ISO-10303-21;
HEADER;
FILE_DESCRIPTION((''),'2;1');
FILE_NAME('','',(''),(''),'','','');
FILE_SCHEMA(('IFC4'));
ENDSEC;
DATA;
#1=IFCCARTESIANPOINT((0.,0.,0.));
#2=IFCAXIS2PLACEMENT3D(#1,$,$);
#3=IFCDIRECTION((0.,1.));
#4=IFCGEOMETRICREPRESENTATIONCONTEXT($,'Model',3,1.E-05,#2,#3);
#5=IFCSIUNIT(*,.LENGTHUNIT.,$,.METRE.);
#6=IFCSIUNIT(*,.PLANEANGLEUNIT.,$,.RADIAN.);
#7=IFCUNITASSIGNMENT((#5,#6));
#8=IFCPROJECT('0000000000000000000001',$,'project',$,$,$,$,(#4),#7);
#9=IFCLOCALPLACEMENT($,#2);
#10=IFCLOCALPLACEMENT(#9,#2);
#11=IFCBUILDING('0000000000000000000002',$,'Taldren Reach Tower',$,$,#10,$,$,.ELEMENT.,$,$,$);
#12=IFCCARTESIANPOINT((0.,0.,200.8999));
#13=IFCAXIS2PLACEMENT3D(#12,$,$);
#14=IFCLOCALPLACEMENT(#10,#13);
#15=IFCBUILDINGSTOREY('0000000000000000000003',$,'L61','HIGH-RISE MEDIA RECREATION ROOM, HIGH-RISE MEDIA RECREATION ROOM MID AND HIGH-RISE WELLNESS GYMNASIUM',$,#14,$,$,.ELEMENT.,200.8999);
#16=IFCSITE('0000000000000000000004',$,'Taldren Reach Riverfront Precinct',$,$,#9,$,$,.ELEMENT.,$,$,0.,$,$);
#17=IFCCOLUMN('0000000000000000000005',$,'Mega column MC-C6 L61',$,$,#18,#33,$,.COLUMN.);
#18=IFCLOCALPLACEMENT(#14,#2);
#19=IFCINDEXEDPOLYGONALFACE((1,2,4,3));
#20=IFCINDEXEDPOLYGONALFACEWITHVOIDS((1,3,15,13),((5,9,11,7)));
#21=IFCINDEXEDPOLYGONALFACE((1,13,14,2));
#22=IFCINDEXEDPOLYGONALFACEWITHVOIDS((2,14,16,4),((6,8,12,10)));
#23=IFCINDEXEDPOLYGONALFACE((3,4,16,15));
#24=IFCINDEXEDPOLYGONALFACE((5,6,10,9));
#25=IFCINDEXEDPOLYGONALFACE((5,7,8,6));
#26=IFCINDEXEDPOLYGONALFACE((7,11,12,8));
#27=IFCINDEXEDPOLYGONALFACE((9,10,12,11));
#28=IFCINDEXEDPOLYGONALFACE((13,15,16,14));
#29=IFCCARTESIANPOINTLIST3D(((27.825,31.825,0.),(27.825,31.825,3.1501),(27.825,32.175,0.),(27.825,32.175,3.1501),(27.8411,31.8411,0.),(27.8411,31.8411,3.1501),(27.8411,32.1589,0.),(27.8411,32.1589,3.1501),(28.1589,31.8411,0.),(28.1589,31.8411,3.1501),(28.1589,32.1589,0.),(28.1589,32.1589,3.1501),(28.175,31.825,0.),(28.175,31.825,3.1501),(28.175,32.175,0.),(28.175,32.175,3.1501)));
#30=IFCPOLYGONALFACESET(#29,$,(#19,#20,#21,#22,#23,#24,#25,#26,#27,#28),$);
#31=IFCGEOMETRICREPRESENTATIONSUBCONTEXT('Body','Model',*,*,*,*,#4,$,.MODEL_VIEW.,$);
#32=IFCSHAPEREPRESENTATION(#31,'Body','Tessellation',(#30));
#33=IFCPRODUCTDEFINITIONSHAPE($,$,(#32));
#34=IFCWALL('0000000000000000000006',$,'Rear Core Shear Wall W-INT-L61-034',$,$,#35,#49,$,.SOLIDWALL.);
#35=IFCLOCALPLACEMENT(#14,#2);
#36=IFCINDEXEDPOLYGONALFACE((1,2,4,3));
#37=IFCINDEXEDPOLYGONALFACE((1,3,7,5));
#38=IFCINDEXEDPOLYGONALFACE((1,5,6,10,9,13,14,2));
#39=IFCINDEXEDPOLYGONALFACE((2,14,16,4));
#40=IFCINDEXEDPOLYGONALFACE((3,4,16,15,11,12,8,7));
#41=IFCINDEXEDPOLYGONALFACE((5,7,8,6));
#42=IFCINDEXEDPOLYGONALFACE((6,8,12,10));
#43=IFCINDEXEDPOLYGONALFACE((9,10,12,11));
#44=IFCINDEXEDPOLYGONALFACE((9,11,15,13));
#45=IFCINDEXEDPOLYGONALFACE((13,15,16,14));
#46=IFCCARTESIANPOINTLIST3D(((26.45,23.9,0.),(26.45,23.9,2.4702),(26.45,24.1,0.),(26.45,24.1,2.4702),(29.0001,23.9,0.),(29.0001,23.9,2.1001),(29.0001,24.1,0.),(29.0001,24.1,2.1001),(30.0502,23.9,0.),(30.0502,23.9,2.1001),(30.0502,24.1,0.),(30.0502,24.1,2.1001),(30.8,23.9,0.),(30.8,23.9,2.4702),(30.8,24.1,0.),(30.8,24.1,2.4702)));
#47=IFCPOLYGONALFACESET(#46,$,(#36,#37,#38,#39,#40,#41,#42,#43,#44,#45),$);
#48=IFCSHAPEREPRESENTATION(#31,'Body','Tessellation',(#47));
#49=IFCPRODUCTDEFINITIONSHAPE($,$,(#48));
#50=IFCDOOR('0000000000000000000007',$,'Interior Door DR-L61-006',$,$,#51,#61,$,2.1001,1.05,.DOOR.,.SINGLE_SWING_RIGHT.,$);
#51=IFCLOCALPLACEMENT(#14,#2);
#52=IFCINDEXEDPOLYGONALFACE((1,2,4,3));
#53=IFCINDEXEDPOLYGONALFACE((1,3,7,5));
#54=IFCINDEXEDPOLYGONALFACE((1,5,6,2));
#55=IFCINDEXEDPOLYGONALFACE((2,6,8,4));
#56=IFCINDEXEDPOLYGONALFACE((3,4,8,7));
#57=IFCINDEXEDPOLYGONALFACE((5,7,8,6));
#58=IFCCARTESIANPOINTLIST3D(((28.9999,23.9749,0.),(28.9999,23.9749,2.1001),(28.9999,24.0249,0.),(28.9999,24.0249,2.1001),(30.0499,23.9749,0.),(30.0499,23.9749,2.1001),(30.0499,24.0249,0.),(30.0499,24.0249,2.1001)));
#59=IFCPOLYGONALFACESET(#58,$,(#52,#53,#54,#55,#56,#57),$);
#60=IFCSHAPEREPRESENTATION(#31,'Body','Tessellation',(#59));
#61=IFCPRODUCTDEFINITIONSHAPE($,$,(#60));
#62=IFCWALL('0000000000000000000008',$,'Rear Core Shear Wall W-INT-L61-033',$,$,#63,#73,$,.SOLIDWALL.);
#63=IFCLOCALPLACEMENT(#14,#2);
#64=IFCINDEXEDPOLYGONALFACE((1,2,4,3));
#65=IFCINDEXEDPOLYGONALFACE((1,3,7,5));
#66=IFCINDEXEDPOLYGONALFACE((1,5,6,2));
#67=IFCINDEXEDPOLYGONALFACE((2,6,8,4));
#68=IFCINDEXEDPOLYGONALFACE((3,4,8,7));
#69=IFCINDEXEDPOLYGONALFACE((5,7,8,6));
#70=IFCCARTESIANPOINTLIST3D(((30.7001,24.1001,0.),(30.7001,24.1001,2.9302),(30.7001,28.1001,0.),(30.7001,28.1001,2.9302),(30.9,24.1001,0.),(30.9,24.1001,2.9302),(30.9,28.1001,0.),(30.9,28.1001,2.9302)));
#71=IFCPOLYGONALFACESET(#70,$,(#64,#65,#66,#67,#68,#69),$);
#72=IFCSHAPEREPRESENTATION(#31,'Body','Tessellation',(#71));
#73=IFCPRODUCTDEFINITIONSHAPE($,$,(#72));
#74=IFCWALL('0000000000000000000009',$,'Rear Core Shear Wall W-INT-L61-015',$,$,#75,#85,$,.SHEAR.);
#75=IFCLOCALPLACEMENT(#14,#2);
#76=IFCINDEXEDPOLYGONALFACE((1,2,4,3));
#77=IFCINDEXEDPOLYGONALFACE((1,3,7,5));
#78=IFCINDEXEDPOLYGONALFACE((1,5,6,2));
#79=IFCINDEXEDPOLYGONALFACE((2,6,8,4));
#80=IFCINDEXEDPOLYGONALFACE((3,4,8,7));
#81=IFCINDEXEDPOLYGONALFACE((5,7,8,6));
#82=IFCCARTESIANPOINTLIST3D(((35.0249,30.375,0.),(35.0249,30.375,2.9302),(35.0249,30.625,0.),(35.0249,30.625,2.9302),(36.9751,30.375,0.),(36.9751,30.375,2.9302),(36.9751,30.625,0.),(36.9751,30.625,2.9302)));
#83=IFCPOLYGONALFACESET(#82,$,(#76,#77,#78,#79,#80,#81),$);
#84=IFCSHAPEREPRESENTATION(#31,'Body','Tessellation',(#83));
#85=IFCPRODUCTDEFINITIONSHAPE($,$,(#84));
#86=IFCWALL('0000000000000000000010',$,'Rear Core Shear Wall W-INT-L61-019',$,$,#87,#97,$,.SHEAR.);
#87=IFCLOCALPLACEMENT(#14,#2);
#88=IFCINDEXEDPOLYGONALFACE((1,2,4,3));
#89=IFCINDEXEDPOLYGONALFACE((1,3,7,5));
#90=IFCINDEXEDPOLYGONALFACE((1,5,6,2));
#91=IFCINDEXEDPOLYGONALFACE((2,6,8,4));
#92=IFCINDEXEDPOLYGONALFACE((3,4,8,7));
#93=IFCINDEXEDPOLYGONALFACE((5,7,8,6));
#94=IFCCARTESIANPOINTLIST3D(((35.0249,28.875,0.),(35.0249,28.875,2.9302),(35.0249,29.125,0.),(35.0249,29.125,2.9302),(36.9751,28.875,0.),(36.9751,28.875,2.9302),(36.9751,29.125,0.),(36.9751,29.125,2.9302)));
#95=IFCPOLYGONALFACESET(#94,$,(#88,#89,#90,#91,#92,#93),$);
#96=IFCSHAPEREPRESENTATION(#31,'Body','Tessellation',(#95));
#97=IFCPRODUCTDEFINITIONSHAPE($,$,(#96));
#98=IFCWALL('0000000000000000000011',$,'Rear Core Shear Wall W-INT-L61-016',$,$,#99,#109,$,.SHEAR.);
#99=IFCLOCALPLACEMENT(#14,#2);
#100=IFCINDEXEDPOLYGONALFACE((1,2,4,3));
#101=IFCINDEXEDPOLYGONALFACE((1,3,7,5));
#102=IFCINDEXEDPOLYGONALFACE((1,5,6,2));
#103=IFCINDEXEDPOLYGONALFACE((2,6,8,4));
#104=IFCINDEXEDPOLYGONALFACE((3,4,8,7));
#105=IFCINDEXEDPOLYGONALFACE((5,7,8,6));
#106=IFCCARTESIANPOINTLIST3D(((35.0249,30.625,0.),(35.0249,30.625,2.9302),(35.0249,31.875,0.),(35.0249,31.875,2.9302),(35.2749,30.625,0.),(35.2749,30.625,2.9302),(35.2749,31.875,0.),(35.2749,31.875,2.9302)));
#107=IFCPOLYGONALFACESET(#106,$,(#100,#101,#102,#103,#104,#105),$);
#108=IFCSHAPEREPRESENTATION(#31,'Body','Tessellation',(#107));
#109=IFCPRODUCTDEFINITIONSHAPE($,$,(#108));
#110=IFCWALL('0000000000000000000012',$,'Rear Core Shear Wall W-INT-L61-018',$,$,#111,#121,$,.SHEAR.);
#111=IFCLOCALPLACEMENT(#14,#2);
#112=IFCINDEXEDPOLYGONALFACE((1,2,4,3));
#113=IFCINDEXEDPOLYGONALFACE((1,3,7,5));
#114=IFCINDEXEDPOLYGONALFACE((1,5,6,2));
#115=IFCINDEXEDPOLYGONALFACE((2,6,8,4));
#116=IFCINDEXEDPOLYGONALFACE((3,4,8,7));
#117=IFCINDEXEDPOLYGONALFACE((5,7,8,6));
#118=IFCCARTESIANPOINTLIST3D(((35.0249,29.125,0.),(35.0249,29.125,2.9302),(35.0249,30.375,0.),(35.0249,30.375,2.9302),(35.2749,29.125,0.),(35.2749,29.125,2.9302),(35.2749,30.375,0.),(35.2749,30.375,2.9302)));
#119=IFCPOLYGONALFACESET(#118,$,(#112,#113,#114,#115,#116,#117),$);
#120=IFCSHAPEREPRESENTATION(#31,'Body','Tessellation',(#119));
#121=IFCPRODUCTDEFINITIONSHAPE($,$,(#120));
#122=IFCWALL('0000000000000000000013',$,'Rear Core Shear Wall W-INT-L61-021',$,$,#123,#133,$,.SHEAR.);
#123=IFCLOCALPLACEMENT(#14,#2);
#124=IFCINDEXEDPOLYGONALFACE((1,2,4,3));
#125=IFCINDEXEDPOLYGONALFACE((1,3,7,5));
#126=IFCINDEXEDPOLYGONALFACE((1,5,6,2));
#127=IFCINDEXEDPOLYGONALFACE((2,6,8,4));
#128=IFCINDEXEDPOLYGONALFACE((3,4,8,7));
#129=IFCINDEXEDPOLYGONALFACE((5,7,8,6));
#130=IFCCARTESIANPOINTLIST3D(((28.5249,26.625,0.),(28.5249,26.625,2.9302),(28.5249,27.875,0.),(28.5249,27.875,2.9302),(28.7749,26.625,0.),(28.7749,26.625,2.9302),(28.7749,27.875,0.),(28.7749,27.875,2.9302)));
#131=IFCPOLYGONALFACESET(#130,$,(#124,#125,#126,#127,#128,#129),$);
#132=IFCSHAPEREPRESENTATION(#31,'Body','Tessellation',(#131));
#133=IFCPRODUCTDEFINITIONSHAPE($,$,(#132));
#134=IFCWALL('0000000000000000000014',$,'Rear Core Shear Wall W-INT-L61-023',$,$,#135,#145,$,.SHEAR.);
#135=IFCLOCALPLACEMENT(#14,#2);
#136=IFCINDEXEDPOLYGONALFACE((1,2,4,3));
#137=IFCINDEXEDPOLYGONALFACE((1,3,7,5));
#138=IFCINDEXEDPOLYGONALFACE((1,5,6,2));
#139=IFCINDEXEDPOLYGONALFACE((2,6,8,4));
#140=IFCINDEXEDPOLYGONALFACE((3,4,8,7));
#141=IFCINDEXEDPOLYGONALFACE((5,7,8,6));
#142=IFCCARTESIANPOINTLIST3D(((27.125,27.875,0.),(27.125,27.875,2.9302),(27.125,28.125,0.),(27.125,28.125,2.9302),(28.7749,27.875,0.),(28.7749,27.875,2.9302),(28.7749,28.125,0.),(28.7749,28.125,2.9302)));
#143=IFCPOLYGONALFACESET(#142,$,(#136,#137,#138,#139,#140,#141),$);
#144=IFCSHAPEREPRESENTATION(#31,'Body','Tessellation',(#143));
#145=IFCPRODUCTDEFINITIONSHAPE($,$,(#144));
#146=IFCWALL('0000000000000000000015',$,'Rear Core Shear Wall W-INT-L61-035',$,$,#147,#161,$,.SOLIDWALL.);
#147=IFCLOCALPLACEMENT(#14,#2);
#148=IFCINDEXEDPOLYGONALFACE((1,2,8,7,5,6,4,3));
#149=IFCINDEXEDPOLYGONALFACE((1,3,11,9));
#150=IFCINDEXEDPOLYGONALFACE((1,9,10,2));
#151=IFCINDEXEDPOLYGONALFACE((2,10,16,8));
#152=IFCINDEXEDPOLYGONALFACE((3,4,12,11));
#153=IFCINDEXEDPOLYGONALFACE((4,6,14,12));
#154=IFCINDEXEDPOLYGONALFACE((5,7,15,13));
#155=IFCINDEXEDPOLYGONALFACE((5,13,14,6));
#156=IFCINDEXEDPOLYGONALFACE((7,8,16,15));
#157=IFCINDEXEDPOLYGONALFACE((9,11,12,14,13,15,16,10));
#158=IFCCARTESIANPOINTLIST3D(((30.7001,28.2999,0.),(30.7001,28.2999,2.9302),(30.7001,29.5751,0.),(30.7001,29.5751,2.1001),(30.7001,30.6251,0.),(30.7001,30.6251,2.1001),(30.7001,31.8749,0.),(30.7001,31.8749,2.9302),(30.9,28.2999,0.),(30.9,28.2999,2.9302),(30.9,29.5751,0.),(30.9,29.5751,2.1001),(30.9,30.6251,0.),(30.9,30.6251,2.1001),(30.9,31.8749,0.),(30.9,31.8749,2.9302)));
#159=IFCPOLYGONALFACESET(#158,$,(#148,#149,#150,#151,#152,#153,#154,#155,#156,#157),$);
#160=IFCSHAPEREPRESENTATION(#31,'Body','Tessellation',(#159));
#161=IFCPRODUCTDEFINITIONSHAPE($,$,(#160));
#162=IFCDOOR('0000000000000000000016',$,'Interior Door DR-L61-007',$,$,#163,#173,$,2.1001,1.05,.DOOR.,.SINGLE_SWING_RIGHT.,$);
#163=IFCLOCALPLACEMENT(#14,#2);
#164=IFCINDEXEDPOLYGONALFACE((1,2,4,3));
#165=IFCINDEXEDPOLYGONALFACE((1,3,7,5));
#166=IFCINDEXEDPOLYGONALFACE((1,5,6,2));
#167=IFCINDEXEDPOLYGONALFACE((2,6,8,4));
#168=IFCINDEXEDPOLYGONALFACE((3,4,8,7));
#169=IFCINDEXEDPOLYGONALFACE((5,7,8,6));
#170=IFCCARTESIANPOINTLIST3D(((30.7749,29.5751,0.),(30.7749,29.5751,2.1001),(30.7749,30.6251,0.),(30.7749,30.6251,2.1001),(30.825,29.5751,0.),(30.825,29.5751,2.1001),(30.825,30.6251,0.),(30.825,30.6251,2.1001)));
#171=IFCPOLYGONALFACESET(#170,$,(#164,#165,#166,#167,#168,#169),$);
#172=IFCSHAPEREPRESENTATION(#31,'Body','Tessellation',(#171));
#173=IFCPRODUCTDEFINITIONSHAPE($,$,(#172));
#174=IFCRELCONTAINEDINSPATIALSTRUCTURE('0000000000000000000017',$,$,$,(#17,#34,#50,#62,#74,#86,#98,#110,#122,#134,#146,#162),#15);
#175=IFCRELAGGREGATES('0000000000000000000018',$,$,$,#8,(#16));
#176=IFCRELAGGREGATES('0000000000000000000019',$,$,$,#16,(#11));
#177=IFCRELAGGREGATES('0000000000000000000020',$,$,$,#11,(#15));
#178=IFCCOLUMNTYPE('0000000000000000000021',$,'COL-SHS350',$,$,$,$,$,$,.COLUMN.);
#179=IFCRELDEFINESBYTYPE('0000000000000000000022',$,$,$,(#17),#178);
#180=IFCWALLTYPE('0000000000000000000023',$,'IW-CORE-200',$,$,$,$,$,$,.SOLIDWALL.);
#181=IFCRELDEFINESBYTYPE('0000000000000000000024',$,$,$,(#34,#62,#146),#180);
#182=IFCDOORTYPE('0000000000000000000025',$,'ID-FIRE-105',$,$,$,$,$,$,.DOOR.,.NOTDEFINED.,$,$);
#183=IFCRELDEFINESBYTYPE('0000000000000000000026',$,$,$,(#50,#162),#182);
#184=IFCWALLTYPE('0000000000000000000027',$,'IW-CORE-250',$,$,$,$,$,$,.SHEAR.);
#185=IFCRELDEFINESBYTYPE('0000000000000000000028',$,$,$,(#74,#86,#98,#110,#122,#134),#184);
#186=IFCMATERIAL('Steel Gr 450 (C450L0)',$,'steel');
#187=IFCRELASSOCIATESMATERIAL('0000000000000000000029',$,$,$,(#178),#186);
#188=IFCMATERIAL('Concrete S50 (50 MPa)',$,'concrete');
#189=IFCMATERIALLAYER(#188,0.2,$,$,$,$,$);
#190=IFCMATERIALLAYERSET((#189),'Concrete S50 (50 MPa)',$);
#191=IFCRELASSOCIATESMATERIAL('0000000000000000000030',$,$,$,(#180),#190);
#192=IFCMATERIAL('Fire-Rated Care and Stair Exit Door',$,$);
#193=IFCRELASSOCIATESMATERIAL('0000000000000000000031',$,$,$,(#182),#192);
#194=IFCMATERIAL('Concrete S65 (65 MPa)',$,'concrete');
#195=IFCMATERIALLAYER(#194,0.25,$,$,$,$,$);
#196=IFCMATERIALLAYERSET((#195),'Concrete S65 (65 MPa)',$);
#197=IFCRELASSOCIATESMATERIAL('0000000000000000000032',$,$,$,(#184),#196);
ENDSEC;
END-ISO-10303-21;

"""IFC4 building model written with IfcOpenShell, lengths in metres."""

from ifc_helpers import new_model, si_unit, direction, frame, frame_2d, origin, origin_2d, place, context, subcontext, project, spatial, rectangle, hollow_rectangle, extrude, source, transform, mapped, material, layer, layer_set, material_profile, profile_set, type_object, element, fill, save


model = new_model("IFC4")

# Units and contexts
model_context = context("Model", 3, precision=1e-05, world=origin(), true_north=direction((0.0, 1.0)))
body_context = subcontext(model_context, "Body", "Model", "MODEL_VIEW")
ifc_project = project(units=[si_unit("LENGTHUNIT", "METRE"), si_unit("PLANEANGLEUNIT", "RADIAN")], contexts=[model_context])

# Site, building, storey
site_placement = place(None, origin())
site = spatial("IfcSite", under=ifc_project, at=site_placement, Name="Taldren Reach Riverfront Precinct", CompositionType="ELEMENT", RefElevation=0.0)
building_placement = place(site_placement, origin())
building = spatial("IfcBuilding", under=site, at=building_placement, Name="Taldren Reach Tower", CompositionType="ELEMENT")
storey_placement = place(building_placement, frame((0.0, 0.0, 200.8999)))
storey = spatial("IfcBuildingStorey", under=building, at=storey_placement, Name="L61", Description="HIGH-RISE MEDIA RECREATION ROOM, HIGH-RISE MEDIA RECREATION ROOM MID AND HIGH-RISE WELLNESS GYMNASIUM", CompositionType="ELEMENT", Elevation=200.8999)

# Column
ifc_material_1 = material(Name="Steel Gr 450 (C450L0)", Category="steel")
ifc_material_profile = material_profile(ifc_material_1, hollow_rectangle(XDim=0.3501, YDim=0.3501, WallThickness=0.0161, at=origin_2d()), Name="350x350x16.0SHS")
ifc_profile_set = profile_set([ifc_material_profile], Name="Steel Gr 450 (C450L0)")
column_type = type_object("IfcColumnType", Name="COL-SHS350", PredefinedType="COLUMN", material=ifc_profile_set)
shared_shape_1 = source(origin(), body_context, "Body", "SweptSolid", [
    extrude(hollow_rectangle(XDim=0.3501, YDim=0.3501, WallThickness=0.0161, at=origin_2d()), origin(), (0.0, 0.0, 1.0), 3.1501),
])
column_placement = place(storey_placement, frame((28.0, 32.0, 0.0), z_axis=(0.0, 0.0, 1.0), x_axis=(1.0, 0.0, 0.0)))
element("IfcColumn", 1, at=column_placement, inside=storey, type_object=column_type, Name="Mega column MC-C6 L61", PredefinedType="COLUMN", context=body_context, shape_type="MappedRepresentation", body=[
    mapped(shared_shape_1, transform((0.0, 0.0, 0.0), scale=1.0)),
])

# Wall, opening, door
ifc_material_2 = material(Name="Concrete S50 (50 MPa)", Category="concrete")
ifc_layer_1 = layer(ifc_material_2, 0.2)
ifc_layer_set_1 = layer_set([ifc_layer_1], Name="Concrete S50 (50 MPa)")
wall_type_1 = type_object("IfcWallType", Name="IW-CORE-200", PredefinedType="SOLIDWALL", material=ifc_layer_set_1)
shared_shape_2 = source(origin(), body_context, "Body", "SweptSolid", [
    extrude(rectangle(XDim=4.3501, YDim=0.2, at=frame_2d((2.175, 0.0))), origin(), (0.0, 0.0, 1.0), 2.4702),
])
wall_1_placement = place(storey_placement, frame((30.8, 24.0, 0.0), z_axis=(0.0, 0.0, 1.0), x_axis=(-1.0, 0.0, 0.0)))
wall_1 = element("IfcWall", 2, at=wall_1_placement, inside=storey, type_object=wall_type_1, Name="Rear Core Shear Wall W-INT-L61-034", PredefinedType="SOLIDWALL", context=body_context, shape_type="MappedRepresentation", body=[
    mapped(shared_shape_2, transform((0.0, 0.0, 0.0), scale=1.0)),
])
shared_shape_3 = source(origin(), body_context, "Body", "SweptSolid", [
    extrude(rectangle(XDim=1.05, YDim=2.1001, at=frame_2d((0.5249, 1.05))), frame((0.0, 0.1099, 0.0), z_axis=(0.0, -1.0, 0.0), x_axis=(1.0, 0.0, 0.0)), (0.0, 0.0, 1.0), 0.22),
])
opening_1_placement = place(wall_1_placement, frame((0.75, 0.0, 0.0)))
opening_1 = element("IfcOpeningElement", 3, at=opening_1_placement, cuts=wall_1, PredefinedType="OPENING", context=body_context, shape_type="MappedRepresentation", body=[
    mapped(shared_shape_3, transform((0.0, 0.0, 0.0), scale=1.0)),
])
ifc_material_3 = material(Name="Fire-Rated Care and Stair Exit Door")
door_type = type_object("IfcDoorType", Name="ID-FIRE-105", OperationType="NOTDEFINED", PredefinedType="DOOR", material=ifc_material_3)
shared_shape_4 = source(origin(), body_context, "Body", "SweptSolid", [
    extrude(rectangle(XDim=1.05, YDim=2.1001, at=frame_2d((0.5249, 1.05))), frame((0.0, 0.0249, 0.0), z_axis=(0.0, -1.0, 0.0), x_axis=(1.0, 0.0, 0.0)), (0.0, 0.0, 1.0), 0.05),
])
door_1_placement = place(opening_1_placement, frame((1.05, 0.0, 0.0), z_axis=(0.0, 0.0, 1.0), x_axis=(-1.0, 0.0, 0.0)))
door_1 = element("IfcDoor", 4, at=door_1_placement, inside=storey, type_object=door_type, Name="Interior Door DR-L61-006", OperationType="SINGLE_SWING_RIGHT", OverallHeight=2.1001, OverallWidth=1.05, PredefinedType="DOOR", context=body_context, shape_type="MappedRepresentation", body=[
    mapped(shared_shape_4, transform((0.0, 0.0, 0.0), scale=1.0)),
])
fill(opening_1, door_1)

# Walls
shared_shape_5 = source(origin(), body_context, "Body", "SweptSolid", [
    extrude(rectangle(XDim=4.0, YDim=0.2, at=frame_2d((2.0, 0.0))), origin(), (0.0, 0.0, 1.0), 2.9302),
])
wall_2_placement = place(storey_placement, frame((30.8, 28.1001, 0.0), z_axis=(0.0, 0.0, 1.0), x_axis=(0.0, -1.0, 0.0)))
element("IfcWall", 5, at=wall_2_placement, inside=storey, type_object=wall_type_1, Name="Rear Core Shear Wall W-INT-L61-033", PredefinedType="SOLIDWALL", context=body_context, shape_type="MappedRepresentation", body=[
    mapped(shared_shape_5, transform((0.0, 0.0, 0.0), scale=1.0)),
])
ifc_material_4 = material(Name="Concrete S65 (65 MPa)", Category="concrete")
ifc_layer_2 = layer(ifc_material_4, 0.25)
ifc_layer_set_2 = layer_set([ifc_layer_2], Name="Concrete S65 (65 MPa)")
wall_type_2 = type_object("IfcWallType", Name="IW-CORE-250", PredefinedType="SHEAR", material=ifc_layer_set_2)
shared_shape_6 = source(origin(), body_context, "Body", "SweptSolid", [
    extrude(rectangle(XDim=1.9502, YDim=0.25, at=frame_2d((0.9751, 0.0))), origin(), (0.0, 0.0, 1.0), 2.9302),
])
for number, where, z_axis, x_axis, name in (
    (6, (35.0249, 30.5, 0.0), (0.0, 0.0, 1.0), (1.0, 0.0, 0.0), "Rear Core Shear Wall W-INT-L61-015"),
    (7, (35.0249, 29.0, 0.0), (0.0, 0.0, 1.0), (1.0, 0.0, 0.0), "Rear Core Shear Wall W-INT-L61-019"),
):
    element("IfcWall", number, at=place(storey_placement, frame(where, z_axis=z_axis, x_axis=x_axis)), inside=storey, type_object=wall_type_2, Name=name, PredefinedType="SHEAR", context=body_context, shape_type="MappedRepresentation", body=[
        mapped(shared_shape_6, transform((0.0, 0.0, 0.0), scale=1.0)),
    ])
shared_shape_7 = source(origin(), body_context, "Body", "SweptSolid", [
    extrude(rectangle(XDim=1.25, YDim=0.25, at=frame_2d((0.625, 0.0))), origin(), (0.0, 0.0, 1.0), 2.9302),
])
for number, where, z_axis, x_axis, name in (
    (8, (35.1499, 31.875, 0.0), (0.0, 0.0, 1.0), (0.0, -1.0, 0.0), "Rear Core Shear Wall W-INT-L61-016"),
    (9, (35.1499, 30.375, 0.0), (0.0, 0.0, 1.0), (0.0, -1.0, 0.0), "Rear Core Shear Wall W-INT-L61-018"),
    (10, (28.6499, 26.625, 0.0), (0.0, 0.0, 1.0), (0.0, 1.0, 0.0), "Rear Core Shear Wall W-INT-L61-021"),
):
    element("IfcWall", number, at=place(storey_placement, frame(where, z_axis=z_axis, x_axis=x_axis)), inside=storey, type_object=wall_type_2, Name=name, PredefinedType="SHEAR", context=body_context, shape_type="MappedRepresentation", body=[
        mapped(shared_shape_7, transform((0.0, 0.0, 0.0), scale=1.0)),
    ])
shared_shape_8 = source(origin(), body_context, "Body", "SweptSolid", [
    extrude(rectangle(XDim=1.6499, YDim=0.25, at=frame_2d((0.825, 0.0))), origin(), (0.0, 0.0, 1.0), 2.9302),
])
wall_3_placement = place(storey_placement, frame((28.7749, 28.0, 0.0), z_axis=(0.0, 0.0, 1.0), x_axis=(-1.0, 0.0, 0.0)))
element("IfcWall", 11, at=wall_3_placement, inside=storey, type_object=wall_type_2, Name="Rear Core Shear Wall W-INT-L61-023", PredefinedType="SHEAR", context=body_context, shape_type="MappedRepresentation", body=[
    mapped(shared_shape_8, transform((0.0, 0.0, 0.0), scale=1.0)),
])

# Wall, opening, door
shared_shape_9 = source(origin(), body_context, "Body", "SweptSolid", [
    extrude(rectangle(XDim=3.575, YDim=0.2, at=frame_2d((1.7876, 0.0))), origin(), (0.0, 0.0, 1.0), 2.9302),
])
wall_4_placement = place(storey_placement, frame((30.8, 31.875, 0.0), z_axis=(0.0, 0.0, 1.0), x_axis=(0.0, -1.0, 0.0)))
wall_4 = element("IfcWall", 12, at=wall_4_placement, inside=storey, type_object=wall_type_1, Name="Rear Core Shear Wall W-INT-L61-035", PredefinedType="SOLIDWALL", context=body_context, shape_type="MappedRepresentation", body=[
    mapped(shared_shape_9, transform((0.0, 0.0, 0.0), scale=1.0)),
])
opening_2_placement = place(wall_4_placement, frame((1.25, 0.0, 0.0)))
opening_2 = element("IfcOpeningElement", 13, at=opening_2_placement, cuts=wall_4, PredefinedType="OPENING", context=body_context, shape_type="MappedRepresentation", body=[
    mapped(shared_shape_3, transform((0.0, 0.0, 0.0), scale=1.0)),
])
door_2_placement = place(opening_2_placement, origin())
door_2 = element("IfcDoor", 14, at=door_2_placement, inside=storey, type_object=door_type, Name="Interior Door DR-L61-007", OperationType="SINGLE_SWING_RIGHT", OverallHeight=2.1001, OverallWidth=1.05, PredefinedType="DOOR", context=body_context, shape_type="MappedRepresentation", body=[
    mapped(shared_shape_4, transform((0.0, 0.0, 0.0), scale=1.0)),
])
fill(opening_2, door_2)

save(model, "model.ifc")
